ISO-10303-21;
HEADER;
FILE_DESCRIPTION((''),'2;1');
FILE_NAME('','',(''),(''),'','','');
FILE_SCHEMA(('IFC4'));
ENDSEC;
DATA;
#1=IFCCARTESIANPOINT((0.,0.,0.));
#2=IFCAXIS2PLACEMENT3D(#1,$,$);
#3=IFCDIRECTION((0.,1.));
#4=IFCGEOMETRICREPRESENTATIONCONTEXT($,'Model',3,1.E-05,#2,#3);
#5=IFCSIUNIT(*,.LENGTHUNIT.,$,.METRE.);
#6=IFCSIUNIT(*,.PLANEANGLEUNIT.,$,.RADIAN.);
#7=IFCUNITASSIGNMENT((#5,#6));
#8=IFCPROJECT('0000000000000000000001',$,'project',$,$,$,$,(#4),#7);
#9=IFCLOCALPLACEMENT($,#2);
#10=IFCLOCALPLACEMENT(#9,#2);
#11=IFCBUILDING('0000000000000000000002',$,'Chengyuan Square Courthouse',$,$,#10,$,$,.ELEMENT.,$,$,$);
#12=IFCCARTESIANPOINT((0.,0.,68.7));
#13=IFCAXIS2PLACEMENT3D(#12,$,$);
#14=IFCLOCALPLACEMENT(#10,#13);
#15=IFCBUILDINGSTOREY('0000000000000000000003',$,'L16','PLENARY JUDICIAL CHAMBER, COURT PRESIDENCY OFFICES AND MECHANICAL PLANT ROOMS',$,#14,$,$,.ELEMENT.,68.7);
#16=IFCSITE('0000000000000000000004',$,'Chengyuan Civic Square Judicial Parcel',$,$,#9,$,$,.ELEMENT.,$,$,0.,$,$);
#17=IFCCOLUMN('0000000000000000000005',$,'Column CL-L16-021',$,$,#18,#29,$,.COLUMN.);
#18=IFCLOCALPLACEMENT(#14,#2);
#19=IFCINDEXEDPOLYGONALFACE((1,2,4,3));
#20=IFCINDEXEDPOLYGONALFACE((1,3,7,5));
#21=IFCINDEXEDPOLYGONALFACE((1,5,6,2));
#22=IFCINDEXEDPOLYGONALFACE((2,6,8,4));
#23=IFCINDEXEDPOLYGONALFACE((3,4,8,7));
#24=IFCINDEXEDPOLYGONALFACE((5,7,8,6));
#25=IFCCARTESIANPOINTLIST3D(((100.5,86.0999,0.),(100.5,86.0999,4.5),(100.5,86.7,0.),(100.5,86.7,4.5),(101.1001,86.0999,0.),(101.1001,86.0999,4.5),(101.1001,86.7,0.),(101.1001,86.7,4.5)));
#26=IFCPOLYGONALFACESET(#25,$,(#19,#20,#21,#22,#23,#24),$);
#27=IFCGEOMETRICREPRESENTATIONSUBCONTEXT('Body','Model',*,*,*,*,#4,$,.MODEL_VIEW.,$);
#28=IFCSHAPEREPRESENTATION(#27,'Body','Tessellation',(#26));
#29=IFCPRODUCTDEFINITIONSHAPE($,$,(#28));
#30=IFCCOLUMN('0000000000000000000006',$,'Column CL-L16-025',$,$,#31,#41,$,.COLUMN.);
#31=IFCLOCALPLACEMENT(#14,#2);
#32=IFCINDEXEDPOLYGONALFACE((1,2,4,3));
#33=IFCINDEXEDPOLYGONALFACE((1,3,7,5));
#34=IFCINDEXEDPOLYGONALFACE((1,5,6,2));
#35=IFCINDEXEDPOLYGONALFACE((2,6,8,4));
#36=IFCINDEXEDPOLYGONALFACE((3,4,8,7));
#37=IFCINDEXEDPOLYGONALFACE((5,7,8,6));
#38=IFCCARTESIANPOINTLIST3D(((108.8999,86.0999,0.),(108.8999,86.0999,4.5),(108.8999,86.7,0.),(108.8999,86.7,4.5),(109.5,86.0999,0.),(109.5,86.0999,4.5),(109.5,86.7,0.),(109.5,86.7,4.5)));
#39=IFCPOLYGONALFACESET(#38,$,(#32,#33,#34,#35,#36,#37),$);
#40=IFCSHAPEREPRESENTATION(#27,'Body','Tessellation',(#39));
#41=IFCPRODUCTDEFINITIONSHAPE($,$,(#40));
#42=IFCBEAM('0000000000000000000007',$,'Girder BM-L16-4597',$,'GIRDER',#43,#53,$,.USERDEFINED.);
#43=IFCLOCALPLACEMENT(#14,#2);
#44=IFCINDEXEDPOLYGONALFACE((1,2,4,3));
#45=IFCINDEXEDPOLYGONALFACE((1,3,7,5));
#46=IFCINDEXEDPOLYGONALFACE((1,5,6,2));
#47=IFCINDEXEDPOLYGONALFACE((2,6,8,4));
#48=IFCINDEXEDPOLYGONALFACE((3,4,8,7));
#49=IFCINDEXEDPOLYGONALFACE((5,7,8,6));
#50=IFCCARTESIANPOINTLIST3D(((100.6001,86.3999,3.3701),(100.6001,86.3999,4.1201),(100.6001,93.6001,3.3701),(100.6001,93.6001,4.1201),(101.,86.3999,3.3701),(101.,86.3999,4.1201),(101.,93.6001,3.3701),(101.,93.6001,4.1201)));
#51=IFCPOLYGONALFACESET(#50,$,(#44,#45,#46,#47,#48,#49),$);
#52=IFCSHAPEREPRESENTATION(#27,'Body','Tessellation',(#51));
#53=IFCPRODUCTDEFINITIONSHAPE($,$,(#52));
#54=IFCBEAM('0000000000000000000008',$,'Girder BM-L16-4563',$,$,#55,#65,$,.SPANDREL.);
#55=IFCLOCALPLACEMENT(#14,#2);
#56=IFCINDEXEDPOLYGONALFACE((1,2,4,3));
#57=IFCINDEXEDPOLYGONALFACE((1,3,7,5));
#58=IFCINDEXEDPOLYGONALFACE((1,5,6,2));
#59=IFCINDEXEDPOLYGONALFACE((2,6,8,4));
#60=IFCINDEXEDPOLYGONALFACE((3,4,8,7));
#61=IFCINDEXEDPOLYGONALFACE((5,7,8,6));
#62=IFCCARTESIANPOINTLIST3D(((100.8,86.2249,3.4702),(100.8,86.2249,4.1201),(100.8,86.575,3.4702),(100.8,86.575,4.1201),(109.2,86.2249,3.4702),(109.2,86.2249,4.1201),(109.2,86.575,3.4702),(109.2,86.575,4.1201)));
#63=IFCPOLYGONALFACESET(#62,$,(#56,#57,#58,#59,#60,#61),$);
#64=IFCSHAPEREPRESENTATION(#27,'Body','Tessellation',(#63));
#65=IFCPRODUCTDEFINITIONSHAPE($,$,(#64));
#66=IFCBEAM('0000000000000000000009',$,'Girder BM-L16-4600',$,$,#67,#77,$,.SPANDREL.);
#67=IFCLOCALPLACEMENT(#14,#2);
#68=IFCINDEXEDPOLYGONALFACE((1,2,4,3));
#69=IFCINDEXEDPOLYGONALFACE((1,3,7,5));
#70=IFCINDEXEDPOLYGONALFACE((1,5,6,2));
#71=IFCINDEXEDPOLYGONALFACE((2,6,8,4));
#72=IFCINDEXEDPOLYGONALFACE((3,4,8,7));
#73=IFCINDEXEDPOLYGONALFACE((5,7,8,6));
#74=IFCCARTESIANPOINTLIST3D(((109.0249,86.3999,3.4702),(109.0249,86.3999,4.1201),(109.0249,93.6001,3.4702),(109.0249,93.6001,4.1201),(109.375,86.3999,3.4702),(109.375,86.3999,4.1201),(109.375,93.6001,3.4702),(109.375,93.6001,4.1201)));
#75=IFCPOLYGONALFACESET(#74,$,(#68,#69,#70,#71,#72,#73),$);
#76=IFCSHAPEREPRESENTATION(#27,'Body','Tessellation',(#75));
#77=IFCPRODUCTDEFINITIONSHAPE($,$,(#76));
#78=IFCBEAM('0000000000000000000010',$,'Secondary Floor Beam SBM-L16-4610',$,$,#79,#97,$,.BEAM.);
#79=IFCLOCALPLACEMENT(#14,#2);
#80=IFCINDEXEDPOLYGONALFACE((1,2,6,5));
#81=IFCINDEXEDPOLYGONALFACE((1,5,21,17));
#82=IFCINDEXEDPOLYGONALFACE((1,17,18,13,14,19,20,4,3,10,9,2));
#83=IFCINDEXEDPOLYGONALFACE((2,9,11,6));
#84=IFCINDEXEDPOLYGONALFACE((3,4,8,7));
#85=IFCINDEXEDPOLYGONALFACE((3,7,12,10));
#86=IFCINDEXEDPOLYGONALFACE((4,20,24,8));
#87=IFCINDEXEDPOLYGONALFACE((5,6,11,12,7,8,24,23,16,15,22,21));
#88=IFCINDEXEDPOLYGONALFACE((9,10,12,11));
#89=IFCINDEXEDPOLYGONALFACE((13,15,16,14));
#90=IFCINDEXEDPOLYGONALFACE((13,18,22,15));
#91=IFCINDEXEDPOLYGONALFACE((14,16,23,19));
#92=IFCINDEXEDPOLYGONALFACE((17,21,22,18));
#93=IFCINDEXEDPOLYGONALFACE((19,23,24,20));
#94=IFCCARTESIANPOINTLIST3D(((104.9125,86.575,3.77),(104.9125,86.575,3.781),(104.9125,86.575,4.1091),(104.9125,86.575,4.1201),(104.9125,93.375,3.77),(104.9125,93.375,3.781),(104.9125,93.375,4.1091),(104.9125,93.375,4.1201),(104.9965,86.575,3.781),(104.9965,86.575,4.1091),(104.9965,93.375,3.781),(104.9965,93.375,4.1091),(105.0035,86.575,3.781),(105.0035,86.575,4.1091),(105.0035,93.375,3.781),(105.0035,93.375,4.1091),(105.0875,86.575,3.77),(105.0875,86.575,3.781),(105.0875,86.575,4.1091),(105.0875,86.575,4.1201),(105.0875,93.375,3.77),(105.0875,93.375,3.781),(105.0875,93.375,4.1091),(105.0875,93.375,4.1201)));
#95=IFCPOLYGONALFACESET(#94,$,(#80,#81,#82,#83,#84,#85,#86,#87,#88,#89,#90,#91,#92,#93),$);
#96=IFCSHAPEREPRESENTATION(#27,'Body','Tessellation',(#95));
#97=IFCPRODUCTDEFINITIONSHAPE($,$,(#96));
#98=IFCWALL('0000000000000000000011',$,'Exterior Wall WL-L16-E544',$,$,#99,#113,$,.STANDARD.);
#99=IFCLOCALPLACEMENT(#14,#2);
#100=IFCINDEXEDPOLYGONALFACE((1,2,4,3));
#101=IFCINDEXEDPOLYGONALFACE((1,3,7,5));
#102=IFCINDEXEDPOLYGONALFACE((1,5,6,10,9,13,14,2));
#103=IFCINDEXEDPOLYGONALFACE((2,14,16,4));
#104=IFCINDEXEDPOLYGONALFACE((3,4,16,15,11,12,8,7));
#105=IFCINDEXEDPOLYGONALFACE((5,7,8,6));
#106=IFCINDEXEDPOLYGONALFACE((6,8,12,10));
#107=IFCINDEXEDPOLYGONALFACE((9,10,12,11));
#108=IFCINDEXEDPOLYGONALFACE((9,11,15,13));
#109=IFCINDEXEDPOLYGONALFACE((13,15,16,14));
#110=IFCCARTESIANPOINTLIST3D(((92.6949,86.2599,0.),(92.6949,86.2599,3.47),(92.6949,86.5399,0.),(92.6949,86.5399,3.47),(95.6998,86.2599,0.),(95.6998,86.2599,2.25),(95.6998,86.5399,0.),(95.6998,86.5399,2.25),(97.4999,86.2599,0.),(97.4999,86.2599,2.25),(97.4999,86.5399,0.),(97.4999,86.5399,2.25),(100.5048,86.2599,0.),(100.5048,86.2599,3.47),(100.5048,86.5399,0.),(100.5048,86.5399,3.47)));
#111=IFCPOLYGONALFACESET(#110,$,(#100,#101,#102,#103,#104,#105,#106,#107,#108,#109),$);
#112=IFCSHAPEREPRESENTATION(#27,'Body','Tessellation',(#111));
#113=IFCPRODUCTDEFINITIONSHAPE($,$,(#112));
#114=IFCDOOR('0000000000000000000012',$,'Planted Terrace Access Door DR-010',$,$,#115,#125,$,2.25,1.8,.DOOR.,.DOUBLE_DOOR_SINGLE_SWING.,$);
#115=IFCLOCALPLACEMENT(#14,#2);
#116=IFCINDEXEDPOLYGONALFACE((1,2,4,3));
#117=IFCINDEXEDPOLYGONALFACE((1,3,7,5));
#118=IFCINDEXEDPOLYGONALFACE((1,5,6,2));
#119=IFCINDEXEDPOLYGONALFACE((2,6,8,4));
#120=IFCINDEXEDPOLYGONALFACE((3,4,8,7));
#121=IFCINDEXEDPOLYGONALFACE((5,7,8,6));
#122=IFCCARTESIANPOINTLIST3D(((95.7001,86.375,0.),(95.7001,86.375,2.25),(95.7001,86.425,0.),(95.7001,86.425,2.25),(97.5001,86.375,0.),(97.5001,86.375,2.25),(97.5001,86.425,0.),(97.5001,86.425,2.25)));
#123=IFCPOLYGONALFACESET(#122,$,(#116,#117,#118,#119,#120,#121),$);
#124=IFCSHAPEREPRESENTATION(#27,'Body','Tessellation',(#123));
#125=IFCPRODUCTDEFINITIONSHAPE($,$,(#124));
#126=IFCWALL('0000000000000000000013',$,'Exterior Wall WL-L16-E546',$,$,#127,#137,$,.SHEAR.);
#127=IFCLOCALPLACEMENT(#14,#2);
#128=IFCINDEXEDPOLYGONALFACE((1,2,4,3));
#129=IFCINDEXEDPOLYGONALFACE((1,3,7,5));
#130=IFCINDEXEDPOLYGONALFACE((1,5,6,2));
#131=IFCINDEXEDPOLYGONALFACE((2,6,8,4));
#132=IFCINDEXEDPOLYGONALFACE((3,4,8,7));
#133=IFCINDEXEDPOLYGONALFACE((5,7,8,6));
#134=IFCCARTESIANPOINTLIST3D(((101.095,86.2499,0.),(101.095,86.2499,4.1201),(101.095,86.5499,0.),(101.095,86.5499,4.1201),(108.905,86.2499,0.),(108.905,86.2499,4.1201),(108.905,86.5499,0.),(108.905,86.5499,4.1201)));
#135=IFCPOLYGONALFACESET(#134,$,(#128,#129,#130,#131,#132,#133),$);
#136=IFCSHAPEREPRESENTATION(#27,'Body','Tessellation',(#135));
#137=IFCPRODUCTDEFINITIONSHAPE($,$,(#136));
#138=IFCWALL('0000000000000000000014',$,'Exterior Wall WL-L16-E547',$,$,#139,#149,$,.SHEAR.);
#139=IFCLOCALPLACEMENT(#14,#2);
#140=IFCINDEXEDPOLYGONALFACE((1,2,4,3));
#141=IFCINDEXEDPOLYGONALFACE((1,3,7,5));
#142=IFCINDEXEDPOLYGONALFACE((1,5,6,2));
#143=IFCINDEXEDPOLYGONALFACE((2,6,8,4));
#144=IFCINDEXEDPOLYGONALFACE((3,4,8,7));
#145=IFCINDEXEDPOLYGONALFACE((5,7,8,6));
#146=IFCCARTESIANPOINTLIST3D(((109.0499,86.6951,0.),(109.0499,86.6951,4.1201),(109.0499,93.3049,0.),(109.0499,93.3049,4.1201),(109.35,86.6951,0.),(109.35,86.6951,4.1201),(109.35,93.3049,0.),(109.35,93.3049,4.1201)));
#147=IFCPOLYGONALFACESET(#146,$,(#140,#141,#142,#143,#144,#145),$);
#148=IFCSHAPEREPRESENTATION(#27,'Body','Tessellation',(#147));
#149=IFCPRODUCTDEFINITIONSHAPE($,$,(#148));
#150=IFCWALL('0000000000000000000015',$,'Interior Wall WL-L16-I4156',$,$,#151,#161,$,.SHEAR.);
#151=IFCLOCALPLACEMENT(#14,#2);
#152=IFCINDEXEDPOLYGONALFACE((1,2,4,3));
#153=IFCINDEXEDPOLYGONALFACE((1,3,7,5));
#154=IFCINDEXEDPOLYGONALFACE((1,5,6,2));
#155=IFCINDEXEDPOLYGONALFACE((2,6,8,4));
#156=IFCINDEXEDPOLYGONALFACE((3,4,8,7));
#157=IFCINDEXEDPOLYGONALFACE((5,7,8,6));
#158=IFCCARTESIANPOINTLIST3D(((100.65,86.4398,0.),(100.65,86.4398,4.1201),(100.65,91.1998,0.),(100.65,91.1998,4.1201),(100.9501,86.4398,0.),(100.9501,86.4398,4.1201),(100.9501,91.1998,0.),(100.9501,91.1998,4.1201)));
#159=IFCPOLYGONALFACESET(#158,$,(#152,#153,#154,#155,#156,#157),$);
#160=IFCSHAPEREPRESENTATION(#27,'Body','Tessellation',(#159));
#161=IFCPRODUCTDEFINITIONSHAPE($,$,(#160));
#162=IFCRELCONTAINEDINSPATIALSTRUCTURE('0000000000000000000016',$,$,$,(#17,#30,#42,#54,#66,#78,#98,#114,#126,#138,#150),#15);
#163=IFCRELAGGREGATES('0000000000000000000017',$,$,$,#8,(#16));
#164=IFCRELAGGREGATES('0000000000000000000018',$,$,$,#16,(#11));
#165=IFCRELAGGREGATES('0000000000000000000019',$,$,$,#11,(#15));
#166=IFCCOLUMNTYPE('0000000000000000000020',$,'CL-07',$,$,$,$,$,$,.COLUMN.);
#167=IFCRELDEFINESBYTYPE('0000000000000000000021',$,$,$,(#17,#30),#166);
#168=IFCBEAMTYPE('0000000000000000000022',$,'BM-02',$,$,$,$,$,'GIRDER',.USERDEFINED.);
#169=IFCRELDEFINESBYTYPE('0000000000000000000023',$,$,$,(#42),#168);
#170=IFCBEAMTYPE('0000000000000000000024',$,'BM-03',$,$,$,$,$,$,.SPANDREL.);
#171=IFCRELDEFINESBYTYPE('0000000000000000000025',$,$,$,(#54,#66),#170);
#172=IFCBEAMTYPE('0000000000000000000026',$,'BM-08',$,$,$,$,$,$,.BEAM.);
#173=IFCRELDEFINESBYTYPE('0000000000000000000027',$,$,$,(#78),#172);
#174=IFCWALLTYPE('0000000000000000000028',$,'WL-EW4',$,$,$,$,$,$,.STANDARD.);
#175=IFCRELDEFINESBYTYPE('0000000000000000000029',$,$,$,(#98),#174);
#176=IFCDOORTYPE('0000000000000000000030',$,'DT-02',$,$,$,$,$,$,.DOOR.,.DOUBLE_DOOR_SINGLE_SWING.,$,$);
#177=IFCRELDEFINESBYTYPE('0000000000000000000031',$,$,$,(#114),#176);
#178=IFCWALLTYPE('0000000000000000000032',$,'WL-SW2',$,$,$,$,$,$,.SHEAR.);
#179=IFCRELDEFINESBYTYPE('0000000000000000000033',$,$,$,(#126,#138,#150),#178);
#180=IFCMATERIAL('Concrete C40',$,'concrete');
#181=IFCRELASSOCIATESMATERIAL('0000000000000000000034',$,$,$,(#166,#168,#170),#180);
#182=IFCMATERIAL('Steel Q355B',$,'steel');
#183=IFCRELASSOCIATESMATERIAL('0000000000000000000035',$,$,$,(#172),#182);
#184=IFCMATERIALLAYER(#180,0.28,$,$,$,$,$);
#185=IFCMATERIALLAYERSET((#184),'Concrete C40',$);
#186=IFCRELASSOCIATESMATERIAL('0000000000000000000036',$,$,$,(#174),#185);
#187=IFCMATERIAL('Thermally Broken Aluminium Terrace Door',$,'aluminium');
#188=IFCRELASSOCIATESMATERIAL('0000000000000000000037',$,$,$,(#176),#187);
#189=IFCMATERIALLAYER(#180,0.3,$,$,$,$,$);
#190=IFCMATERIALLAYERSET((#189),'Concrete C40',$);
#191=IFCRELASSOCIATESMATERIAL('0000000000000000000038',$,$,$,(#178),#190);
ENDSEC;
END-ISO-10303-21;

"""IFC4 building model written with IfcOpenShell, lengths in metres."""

from ifc_helpers import new_model, si_unit, direction, frame, frame_2d, origin, origin_2d, place, context, subcontext, project, spatial, rectangle, i_section, extrude, material, layer, layer_set, material_profile, profile_set, type_object, element, fill, save


model = new_model("IFC4")

# Units and contexts
model_context = context("Model", 3, precision=1e-05, world=origin(), true_north=direction((0.0, 1.0)))
body_context = subcontext(model_context, "Body", "Model", "MODEL_VIEW")
ifc_project = project(units=[si_unit("LENGTHUNIT", "METRE"), si_unit("PLANEANGLEUNIT", "RADIAN")], contexts=[model_context])

# Site, building, storey
site_placement = place(None, origin())
site = spatial("IfcSite", under=ifc_project, at=site_placement, Name="Chengyuan Civic Square Judicial Parcel", CompositionType="ELEMENT", RefElevation=0.0)
building_placement = place(site_placement, origin())
building = spatial("IfcBuilding", under=site, at=building_placement, Name="Chengyuan Square Courthouse", CompositionType="ELEMENT")
storey_placement = place(building_placement, frame((0.0, 0.0, 68.7)))
storey = spatial("IfcBuildingStorey", under=building, at=storey_placement, Name="L16", Description="PLENARY JUDICIAL CHAMBER, COURT PRESIDENCY OFFICES AND MECHANICAL PLANT ROOMS", CompositionType="ELEMENT", Elevation=68.7)

# Columns
ifc_material_1 = material(Name="Concrete C40", Category="concrete")
ifc_material_profile_1 = material_profile(ifc_material_1, rectangle(XDim=0.6001, YDim=0.6001, at=origin_2d()), Name="RC-COL-600x600")
ifc_profile_set_1 = profile_set([ifc_material_profile_1], Name="Concrete C40")
column_type = type_object("IfcColumnType", Name="CL-07", PredefinedType="COLUMN", material=ifc_profile_set_1)
for number, where, z_axis, x_axis, name in (
    (1, (100.8, 86.3999, 0.0), (0.0, 0.0, 1.0), (1.0, 0.0, 0.0), "Column CL-L16-021"),
    (2, (109.2, 86.3999, 0.0), (0.0, 0.0, 1.0), (1.0, 0.0, 0.0), "Column CL-L16-025"),
):
    element("IfcColumn", number, at=place(storey_placement, frame(where, z_axis=z_axis, x_axis=x_axis)), inside=storey, type_object=column_type, Name=name, PredefinedType="COLUMN", context=body_context, shape_type="SweptSolid", body=[
        extrude(rectangle(XDim=0.6001, YDim=0.6001, at=origin_2d()), origin(), (0.0, 0.0, 1.0), 4.5),
    ])

# Beams
ifc_material_profile_2 = material_profile(ifc_material_1, rectangle(XDim=0.3999, YDim=0.75, at=origin_2d()), Name="RC-BM-400x750")
ifc_profile_set_2 = profile_set([ifc_material_profile_2], Name="Concrete C40")
beam_type_1 = type_object("IfcBeamType", Name="BM-02", ElementType="GIRDER", PredefinedType="USERDEFINED", material=ifc_profile_set_2)
beam_1_placement = place(storey_placement, frame((100.8, 86.3999, 3.7451), z_axis=(0.0, 1.0, 0.0), x_axis=(-1.0, 0.0, 0.0)))
element("IfcBeam", 3, at=beam_1_placement, inside=storey, type_object=beam_type_1, Name="Girder BM-L16-4597", ObjectType="GIRDER", PredefinedType="USERDEFINED", context=body_context, shape_type="SweptSolid", body=[
    extrude(rectangle(XDim=0.3999, YDim=0.75, at=origin_2d()), origin(), (0.0, 0.0, 1.0), 7.2002),
])
ifc_material_profile_3 = material_profile(ifc_material_1, rectangle(XDim=0.3501, YDim=0.6499, at=origin_2d()), Name="RC-BM-350x650")
ifc_profile_set_3 = profile_set([ifc_material_profile_3], Name="Concrete C40")
beam_type_2 = type_object("IfcBeamType", Name="BM-03", PredefinedType="SPANDREL", material=ifc_profile_set_3)
beam_2_placement = place(storey_placement, frame((100.8, 86.3999, 3.7952), z_axis=(1.0, 0.0, 0.0), x_axis=(0.0, 1.0, 0.0)))
element("IfcBeam", 4, at=beam_2_placement, inside=storey, type_object=beam_type_2, Name="Girder BM-L16-4563", PredefinedType="SPANDREL", context=body_context, shape_type="SweptSolid", body=[
    extrude(rectangle(XDim=0.3501, YDim=0.6499, at=origin_2d()), origin(), (0.0, 0.0, 1.0), 8.3999),
])
beam_3_placement = place(storey_placement, frame((109.2, 86.3999, 3.7952), z_axis=(0.0, 1.0, 0.0), x_axis=(-1.0, 0.0, 0.0)))
element("IfcBeam", 5, at=beam_3_placement, inside=storey, type_object=beam_type_2, Name="Girder BM-L16-4600", PredefinedType="SPANDREL", context=body_context, shape_type="SweptSolid", body=[
    extrude(rectangle(XDim=0.3501, YDim=0.6499, at=origin_2d()), origin(), (0.0, 0.0, 1.0), 7.2002),
])
ifc_material_2 = material(Name="Steel Q355B", Category="steel")
ifc_material_profile_4 = material_profile(ifc_material_2, i_section(OverallWidth=0.175, OverallDepth=0.3501, WebThickness=0.0071, FlangeThickness=0.011, at=origin_2d()), Name="HN 350x175x7x11")
ifc_profile_set_4 = profile_set([ifc_material_profile_4], Name="Steel Q355B")
beam_type_3 = type_object("IfcBeamType", Name="BM-08", PredefinedType="BEAM", material=ifc_profile_set_4)
beam_4_placement = place(storey_placement, frame((105.0, 86.575, 3.9451), z_axis=(0.0, 1.0, 0.0), x_axis=(-1.0, 0.0, 0.0)))
element("IfcBeam", 6, at=beam_4_placement, inside=storey, type_object=beam_type_3, Name="Secondary Floor Beam SBM-L16-4610", PredefinedType="BEAM", context=body_context, shape_type="SweptSolid", body=[
    extrude(i_section(OverallWidth=0.175, OverallDepth=0.3501, WebThickness=0.0071, FlangeThickness=0.011, at=origin_2d()), origin(), (0.0, 0.0, 1.0), 6.8),
])

# Wall, opening, door
ifc_layer_1 = layer(ifc_material_1, 0.28)
ifc_layer_set_1 = layer_set([ifc_layer_1], Name="Concrete C40")
wall_type_1 = type_object("IfcWallType", Name="WL-EW4", PredefinedType="STANDARD", material=ifc_layer_set_1)
wall_1_placement = place(storey_placement, frame((92.6951, 86.3999, 0.0), z_axis=(0.0, 0.0, 1.0), x_axis=(1.0, 0.0, 0.0)))
wall_1 = element("IfcWall", 7, at=wall_1_placement, inside=storey, type_object=wall_type_1, Name="Exterior Wall WL-L16-E544", PredefinedType="STANDARD", context=body_context, shape_type="SweptSolid", body=[
    extrude(rectangle(XDim=7.8098, YDim=0.28, at=frame_2d((3.9048, 0.0))), origin(), (0.0, 0.0, 1.0), 3.47),
])
opening_1_placement = place(wall_1_placement, frame((3.0049, 0.0, 0.0)))
opening_1 = element("IfcOpeningElement", 8, at=opening_1_placement, cuts=wall_1, PredefinedType="OPENING", context=body_context, shape_type="SweptSolid", body=[
    extrude(rectangle(XDim=1.8, YDim=2.25, at=frame_2d((0.8999, 1.125))), frame((0.0, 0.1521, 0.0), z_axis=(0.0, -1.0, 0.0), x_axis=(1.0, 0.0, 0.0)), (0.0, 0.0, 1.0), 0.304),
])
ifc_material_3 = material(Name="Thermally Broken Aluminium Terrace Door", Category="aluminium")
door_type_1 = type_object("IfcDoorType", Name="DT-02", OperationType="DOUBLE_DOOR_SINGLE_SWING", PredefinedType="DOOR", material=ifc_material_3)
door_1_placement = place(opening_1_placement, frame((1.8, 0.0, 0.0), z_axis=(0.0, 0.0, 1.0), x_axis=(-1.0, 0.0, 0.0)))
door_1 = element("IfcDoor", 9, at=door_1_placement, inside=storey, type_object=door_type_1, Name="Planted Terrace Access Door DR-010", OperationType="DOUBLE_DOOR_SINGLE_SWING", OverallHeight=2.25, OverallWidth=1.8, PredefinedType="DOOR", context=body_context, shape_type="SweptSolid", body=[
    extrude(rectangle(XDim=1.8, YDim=2.25, at=frame_2d((0.8999, 1.125))), frame((0.0, 0.0249, 0.0), z_axis=(0.0, -1.0, 0.0), x_axis=(1.0, 0.0, 0.0)), (0.0, 0.0, 1.0), 0.05),
])
fill(opening_1, door_1)

# Walls
ifc_layer_2 = layer(ifc_material_1, 0.3)
ifc_layer_set_2 = layer_set([ifc_layer_2], Name="Concrete C40")
wall_type_2 = type_object("IfcWallType", Name="WL-SW2", PredefinedType="SHEAR", material=ifc_layer_set_2)
wall_2_placement = place(storey_placement, frame((101.095, 86.3999, 0.0), z_axis=(0.0, 0.0, 1.0), x_axis=(1.0, 0.0, 0.0)))
element("IfcWall", 10, at=wall_2_placement, inside=storey, type_object=wall_type_2, Name="Exterior Wall WL-L16-E546", PredefinedType="SHEAR", context=body_context, shape_type="SweptSolid", body=[
    extrude(rectangle(XDim=7.8101, YDim=0.3, at=frame_2d((3.905, 0.0))), origin(), (0.0, 0.0, 1.0), 4.1201),
])
wall_3_placement = place(storey_placement, frame((109.2, 86.6951, 0.0), z_axis=(0.0, 0.0, 1.0), x_axis=(0.0, 1.0, 0.0)))
element("IfcWall", 11, at=wall_3_placement, inside=storey, type_object=wall_type_2, Name="Exterior Wall WL-L16-E547", PredefinedType="SHEAR", context=body_context, shape_type="SweptSolid", body=[
    extrude(rectangle(XDim=6.6099, YDim=0.3, at=frame_2d((3.3049, 0.0))), origin(), (0.0, 0.0, 1.0), 4.1201),
])
wall_4_placement = place(storey_placement, frame((100.8, 86.4399, 0.0), z_axis=(0.0, 0.0, 1.0), x_axis=(0.0, 1.0, 0.0)))
element("IfcWall", 12, at=wall_4_placement, inside=storey, type_object=wall_type_2, Name="Interior Wall WL-L16-I4156", PredefinedType="SHEAR", context=body_context, shape_type="SweptSolid", body=[
    extrude(rectangle(XDim=4.76, YDim=0.3, at=frame_2d((2.3799, 0.0))), origin(), (0.0, 0.0, 1.0), 4.1201),
])

save(model, "model.ifc")
